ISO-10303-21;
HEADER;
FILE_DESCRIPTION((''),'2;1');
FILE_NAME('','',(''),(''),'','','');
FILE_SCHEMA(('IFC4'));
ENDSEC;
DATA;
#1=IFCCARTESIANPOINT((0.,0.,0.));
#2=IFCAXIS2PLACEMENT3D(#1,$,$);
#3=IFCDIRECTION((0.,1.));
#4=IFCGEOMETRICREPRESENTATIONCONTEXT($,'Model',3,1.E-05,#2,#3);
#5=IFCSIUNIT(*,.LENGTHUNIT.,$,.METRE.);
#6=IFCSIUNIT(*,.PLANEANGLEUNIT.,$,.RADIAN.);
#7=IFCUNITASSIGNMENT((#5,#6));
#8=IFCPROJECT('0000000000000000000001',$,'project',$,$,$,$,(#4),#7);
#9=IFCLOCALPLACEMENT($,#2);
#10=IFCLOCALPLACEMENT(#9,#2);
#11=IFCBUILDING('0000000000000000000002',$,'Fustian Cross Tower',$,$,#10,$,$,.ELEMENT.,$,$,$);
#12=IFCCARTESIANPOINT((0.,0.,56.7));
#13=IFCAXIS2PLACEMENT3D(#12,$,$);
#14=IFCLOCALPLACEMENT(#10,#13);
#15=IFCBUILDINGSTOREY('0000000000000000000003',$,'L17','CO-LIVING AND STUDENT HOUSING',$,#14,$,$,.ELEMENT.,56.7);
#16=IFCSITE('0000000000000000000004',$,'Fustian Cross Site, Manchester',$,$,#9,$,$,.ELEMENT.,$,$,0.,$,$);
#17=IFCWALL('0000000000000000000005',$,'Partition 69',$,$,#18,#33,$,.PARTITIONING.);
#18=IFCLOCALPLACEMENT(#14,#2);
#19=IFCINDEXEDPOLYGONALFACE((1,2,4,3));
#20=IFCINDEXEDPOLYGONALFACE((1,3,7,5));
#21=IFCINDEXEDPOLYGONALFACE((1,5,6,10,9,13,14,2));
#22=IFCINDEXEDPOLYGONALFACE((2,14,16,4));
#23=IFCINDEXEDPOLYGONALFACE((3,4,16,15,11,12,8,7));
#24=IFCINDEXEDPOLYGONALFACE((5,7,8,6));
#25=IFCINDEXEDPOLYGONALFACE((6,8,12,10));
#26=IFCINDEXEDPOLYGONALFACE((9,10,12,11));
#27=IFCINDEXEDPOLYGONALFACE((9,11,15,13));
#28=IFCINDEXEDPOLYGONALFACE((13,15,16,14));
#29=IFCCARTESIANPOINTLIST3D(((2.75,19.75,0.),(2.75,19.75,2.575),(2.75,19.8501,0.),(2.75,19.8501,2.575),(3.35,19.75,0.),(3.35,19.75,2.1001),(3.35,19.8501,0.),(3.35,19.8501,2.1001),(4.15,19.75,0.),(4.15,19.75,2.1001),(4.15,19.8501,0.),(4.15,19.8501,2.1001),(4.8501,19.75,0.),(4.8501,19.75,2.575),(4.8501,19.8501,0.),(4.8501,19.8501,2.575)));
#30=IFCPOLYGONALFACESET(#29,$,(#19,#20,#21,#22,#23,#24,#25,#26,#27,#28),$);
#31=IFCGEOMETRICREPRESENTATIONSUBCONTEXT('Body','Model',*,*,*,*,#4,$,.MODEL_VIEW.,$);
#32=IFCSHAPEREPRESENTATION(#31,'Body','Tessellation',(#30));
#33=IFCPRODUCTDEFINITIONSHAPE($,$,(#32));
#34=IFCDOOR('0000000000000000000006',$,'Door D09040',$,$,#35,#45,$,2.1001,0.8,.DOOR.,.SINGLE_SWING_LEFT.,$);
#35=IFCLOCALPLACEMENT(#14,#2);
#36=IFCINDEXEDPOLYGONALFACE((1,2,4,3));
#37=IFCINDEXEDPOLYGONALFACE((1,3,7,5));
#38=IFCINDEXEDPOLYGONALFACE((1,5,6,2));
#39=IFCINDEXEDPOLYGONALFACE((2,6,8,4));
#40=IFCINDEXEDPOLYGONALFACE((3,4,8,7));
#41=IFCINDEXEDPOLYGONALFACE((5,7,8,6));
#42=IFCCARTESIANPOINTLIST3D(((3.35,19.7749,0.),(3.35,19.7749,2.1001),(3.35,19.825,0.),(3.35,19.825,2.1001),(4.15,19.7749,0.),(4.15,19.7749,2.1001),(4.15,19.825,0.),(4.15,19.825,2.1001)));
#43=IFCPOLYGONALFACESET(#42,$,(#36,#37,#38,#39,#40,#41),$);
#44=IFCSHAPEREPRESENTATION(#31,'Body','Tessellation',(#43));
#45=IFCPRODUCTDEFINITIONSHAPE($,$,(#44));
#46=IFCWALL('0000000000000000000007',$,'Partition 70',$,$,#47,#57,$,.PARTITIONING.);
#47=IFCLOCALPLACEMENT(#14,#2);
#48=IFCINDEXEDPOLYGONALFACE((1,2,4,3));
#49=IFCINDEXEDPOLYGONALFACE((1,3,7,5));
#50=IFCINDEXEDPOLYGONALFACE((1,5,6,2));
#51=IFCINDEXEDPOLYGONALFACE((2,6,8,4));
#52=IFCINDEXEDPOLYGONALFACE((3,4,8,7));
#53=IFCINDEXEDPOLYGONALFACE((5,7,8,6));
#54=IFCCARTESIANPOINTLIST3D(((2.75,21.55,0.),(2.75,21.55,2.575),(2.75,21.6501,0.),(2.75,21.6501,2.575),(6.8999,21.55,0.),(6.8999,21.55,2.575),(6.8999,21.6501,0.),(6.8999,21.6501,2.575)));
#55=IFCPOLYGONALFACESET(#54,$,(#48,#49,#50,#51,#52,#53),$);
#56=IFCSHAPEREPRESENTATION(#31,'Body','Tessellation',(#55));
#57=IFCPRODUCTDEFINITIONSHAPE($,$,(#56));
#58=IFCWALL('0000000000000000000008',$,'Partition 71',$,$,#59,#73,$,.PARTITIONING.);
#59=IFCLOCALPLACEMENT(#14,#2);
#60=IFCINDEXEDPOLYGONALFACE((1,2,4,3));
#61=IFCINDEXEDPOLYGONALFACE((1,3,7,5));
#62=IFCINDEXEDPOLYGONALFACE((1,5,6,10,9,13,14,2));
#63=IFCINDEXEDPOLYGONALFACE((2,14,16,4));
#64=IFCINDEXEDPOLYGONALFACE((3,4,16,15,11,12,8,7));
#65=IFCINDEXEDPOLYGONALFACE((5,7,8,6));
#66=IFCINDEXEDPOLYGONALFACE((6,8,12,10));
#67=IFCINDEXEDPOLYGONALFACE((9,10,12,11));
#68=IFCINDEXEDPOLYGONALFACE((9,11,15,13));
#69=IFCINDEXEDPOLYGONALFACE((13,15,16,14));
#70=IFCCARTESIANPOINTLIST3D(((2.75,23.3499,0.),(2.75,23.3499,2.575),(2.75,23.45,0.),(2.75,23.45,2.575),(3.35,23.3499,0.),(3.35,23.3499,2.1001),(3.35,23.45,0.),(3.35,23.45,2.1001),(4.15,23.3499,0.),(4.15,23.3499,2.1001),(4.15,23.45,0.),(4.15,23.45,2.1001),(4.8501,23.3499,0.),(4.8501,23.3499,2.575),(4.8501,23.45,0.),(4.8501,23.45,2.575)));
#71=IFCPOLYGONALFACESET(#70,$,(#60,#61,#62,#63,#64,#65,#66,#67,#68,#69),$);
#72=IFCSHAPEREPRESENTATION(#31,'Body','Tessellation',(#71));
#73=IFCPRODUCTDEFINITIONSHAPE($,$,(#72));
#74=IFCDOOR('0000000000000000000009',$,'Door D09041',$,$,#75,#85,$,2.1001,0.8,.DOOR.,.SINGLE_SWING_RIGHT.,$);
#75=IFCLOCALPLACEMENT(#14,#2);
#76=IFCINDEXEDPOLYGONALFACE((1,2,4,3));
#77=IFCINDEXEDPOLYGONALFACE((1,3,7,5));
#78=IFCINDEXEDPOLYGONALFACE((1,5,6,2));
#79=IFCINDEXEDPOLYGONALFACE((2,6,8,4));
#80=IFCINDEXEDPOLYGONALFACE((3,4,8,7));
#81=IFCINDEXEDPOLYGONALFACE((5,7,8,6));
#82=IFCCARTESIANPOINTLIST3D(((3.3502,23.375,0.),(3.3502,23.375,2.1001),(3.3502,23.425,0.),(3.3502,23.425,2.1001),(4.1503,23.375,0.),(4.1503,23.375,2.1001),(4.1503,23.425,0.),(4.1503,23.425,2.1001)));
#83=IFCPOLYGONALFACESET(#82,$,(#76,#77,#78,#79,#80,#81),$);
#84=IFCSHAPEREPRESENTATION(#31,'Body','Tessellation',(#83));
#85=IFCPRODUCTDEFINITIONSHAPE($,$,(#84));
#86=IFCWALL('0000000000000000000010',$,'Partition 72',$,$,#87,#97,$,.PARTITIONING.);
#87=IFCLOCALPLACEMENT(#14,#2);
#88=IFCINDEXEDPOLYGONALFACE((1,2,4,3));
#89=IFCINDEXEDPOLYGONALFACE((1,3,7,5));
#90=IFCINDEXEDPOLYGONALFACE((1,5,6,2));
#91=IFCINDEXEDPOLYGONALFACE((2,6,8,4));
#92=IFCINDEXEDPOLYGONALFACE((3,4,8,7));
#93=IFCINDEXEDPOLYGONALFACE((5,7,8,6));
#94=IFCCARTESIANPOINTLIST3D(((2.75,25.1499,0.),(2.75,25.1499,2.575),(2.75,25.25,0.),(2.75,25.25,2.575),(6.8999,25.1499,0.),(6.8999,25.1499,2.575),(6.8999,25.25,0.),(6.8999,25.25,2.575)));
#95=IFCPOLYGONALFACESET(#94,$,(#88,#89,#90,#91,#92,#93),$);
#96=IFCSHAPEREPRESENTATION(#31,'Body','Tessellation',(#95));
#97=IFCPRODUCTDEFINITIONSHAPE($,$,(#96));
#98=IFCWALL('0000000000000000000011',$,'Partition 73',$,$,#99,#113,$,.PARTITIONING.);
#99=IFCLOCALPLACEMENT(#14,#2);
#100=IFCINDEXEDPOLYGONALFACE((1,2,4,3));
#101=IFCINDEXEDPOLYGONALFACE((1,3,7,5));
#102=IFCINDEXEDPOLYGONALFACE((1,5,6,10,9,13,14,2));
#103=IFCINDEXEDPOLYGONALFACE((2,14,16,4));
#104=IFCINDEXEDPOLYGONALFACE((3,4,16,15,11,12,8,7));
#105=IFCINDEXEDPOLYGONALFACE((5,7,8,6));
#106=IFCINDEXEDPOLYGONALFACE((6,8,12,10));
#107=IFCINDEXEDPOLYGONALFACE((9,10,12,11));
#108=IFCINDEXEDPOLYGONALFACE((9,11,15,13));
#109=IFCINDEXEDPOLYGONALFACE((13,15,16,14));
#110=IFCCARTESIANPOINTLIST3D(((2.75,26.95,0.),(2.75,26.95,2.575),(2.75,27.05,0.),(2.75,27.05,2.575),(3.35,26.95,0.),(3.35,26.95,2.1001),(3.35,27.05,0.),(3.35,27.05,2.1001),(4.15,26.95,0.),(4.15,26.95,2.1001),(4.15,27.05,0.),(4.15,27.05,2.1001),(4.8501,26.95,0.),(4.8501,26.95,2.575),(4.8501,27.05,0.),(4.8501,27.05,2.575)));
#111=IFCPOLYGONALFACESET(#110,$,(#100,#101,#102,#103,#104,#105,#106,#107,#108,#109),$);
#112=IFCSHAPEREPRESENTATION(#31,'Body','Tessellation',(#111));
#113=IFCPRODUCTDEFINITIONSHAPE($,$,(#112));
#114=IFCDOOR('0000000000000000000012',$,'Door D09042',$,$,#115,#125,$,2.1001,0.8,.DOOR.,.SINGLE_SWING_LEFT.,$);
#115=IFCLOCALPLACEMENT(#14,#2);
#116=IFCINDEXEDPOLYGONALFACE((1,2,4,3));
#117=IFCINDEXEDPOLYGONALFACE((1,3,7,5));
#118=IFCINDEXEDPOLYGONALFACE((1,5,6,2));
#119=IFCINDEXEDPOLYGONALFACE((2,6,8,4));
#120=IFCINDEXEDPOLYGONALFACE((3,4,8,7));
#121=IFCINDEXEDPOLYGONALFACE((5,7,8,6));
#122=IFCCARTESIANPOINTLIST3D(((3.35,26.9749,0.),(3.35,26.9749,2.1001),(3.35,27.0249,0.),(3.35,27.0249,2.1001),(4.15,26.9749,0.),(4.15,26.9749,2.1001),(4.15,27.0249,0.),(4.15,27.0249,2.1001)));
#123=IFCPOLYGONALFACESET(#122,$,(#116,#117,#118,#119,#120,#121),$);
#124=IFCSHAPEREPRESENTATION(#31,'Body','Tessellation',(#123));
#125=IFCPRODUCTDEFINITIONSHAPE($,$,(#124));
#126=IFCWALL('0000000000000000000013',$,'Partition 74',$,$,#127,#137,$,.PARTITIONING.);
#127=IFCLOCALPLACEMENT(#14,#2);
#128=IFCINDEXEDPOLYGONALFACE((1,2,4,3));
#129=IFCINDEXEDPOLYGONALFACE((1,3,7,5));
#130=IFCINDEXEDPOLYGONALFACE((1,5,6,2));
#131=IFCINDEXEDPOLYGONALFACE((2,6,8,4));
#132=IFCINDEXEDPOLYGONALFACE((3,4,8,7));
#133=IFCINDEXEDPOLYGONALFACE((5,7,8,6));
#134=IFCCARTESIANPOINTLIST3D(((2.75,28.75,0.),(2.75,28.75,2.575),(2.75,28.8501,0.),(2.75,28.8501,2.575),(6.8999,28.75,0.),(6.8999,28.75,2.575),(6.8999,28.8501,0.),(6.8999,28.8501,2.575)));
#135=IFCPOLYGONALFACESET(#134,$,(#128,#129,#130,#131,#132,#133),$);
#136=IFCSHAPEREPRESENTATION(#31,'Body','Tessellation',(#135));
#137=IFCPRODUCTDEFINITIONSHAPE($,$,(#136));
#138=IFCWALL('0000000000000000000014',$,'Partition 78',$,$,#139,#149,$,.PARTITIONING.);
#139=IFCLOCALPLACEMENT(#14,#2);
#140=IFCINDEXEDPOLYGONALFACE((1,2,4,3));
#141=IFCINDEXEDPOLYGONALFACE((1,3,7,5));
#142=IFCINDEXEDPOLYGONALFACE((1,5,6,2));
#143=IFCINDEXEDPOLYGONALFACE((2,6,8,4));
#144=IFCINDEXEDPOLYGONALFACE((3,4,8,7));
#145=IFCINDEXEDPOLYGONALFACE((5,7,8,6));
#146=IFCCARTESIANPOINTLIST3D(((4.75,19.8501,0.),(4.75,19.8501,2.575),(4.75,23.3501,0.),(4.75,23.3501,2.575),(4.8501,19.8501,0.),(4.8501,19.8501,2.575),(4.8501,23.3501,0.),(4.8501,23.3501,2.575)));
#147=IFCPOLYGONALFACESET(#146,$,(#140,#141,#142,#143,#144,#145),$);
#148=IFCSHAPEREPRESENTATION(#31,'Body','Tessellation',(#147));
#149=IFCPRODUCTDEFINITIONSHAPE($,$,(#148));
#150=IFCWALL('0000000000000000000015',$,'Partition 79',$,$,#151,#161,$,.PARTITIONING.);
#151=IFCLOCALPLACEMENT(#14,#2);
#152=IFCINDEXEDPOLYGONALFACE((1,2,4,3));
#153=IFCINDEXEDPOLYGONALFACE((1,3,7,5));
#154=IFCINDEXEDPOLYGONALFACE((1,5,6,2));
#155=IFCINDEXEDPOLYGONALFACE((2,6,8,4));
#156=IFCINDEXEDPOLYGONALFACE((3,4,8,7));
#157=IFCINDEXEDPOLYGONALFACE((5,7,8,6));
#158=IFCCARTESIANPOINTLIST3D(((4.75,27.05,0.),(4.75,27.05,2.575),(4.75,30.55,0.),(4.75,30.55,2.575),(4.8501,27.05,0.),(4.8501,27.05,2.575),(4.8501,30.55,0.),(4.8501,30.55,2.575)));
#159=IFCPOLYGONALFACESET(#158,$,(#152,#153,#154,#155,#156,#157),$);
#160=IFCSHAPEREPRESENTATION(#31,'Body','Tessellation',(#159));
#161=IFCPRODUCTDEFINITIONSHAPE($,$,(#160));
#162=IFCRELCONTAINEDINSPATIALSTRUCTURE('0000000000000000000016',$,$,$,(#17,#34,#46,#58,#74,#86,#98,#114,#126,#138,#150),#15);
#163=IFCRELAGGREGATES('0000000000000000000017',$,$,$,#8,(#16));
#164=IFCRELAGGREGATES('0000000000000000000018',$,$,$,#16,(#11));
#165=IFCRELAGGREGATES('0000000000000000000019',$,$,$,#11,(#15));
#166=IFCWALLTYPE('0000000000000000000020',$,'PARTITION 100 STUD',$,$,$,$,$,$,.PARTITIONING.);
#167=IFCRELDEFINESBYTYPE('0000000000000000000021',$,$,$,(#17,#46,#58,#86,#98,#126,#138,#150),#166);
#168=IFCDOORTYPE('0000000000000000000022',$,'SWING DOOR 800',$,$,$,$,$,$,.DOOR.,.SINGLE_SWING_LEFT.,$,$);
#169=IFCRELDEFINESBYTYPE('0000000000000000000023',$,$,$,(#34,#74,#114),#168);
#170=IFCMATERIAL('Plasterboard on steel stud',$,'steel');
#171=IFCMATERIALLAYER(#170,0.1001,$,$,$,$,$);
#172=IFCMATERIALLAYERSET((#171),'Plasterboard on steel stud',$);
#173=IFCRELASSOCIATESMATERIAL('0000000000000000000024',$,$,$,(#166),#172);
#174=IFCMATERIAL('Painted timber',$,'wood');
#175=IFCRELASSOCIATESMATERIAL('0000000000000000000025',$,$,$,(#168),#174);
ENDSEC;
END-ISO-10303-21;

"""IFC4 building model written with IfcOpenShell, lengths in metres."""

from ifc_helpers import new_model, si_unit, direction, frame, frame_2d, origin, place, context, subcontext, project, spatial, rectangle, extrude, material, layer, layer_set, type_object, element, fill, save


model = new_model("IFC4")

# Units and contexts
model_context = context("Model", 3, precision=1e-05, world=origin(), true_north=direction((0.0, 1.0)))
body_context = subcontext(model_context, "Body", "Model", "MODEL_VIEW")
ifc_project = project(units=[si_unit("LENGTHUNIT", "METRE"), si_unit("PLANEANGLEUNIT", "RADIAN")], contexts=[model_context])

# Site, building, storey
site_placement = place(None, origin())
site = spatial("IfcSite", under=ifc_project, at=site_placement, Name="Fustian Cross Site, Manchester", CompositionType="ELEMENT", RefElevation=0.0)
building_placement = place(site_placement, origin())
building = spatial("IfcBuilding", under=site, at=building_placement, Name="Fustian Cross Tower", CompositionType="ELEMENT")
storey_placement = place(building_placement, frame((0.0, 0.0, 56.7)))
storey = spatial("IfcBuildingStorey", under=building, at=storey_placement, Name="L17", Description="CO-LIVING AND STUDENT HOUSING", CompositionType="ELEMENT", Elevation=56.7)

# Shared definitions
ifc_material_1 = material(Name="Plasterboard on steel stud", Category="steel")
ifc_layer_1 = layer(ifc_material_1, 0.1001)
ifc_layer_set_1 = layer_set([ifc_layer_1], Name="Plasterboard on steel stud")
wall_type_1 = type_object("IfcWallType", Name="PARTITION 100 STUD", PredefinedType="PARTITIONING", material=ifc_layer_set_1)

# Wall, opening, door
wall_1_placement = place(storey_placement, frame((2.75, 19.8, 0.0), z_axis=(0.0, 0.0, 1.0), x_axis=(1.0, 0.0, 0.0)))
wall_1 = element("IfcWall", 1, at=wall_1_placement, inside=storey, type_object=wall_type_1, Name="Partition 69", PredefinedType="PARTITIONING", context=body_context, shape_type="SweptSolid", body=[
    extrude(rectangle(XDim=2.1001, YDim=0.1001, at=frame_2d((1.05, 0.0))), origin(), (0.0, 0.0, 1.0), 2.575),
])
opening_1_placement = place(wall_1_placement, frame((0.6001, 0.0, 0.0)))
opening_1 = element("IfcOpeningElement", 2, at=opening_1_placement, cuts=wall_1, PredefinedType="OPENING", context=body_context, shape_type="SweptSolid", body=[
    extrude(rectangle(XDim=0.8, YDim=2.1001, at=frame_2d((0.3999, 1.05))), frame((0.0, 0.0601, 0.0), z_axis=(0.0, -1.0, 0.0), x_axis=(1.0, 0.0, 0.0)), (0.0, 0.0, 1.0), 0.1201),
])
ifc_material_2 = material(Name="Painted timber", Category="wood")
door_type_1 = type_object("IfcDoorType", Name="SWING DOOR 800", OperationType="SINGLE_SWING_LEFT", PredefinedType="DOOR", material=ifc_material_2)
door_1_placement = place(opening_1_placement, origin())
door_1 = element("IfcDoor", 3, at=door_1_placement, inside=storey, type_object=door_type_1, Name="Door D09040", OperationType="SINGLE_SWING_LEFT", OverallHeight=2.1001, OverallWidth=0.8, PredefinedType="DOOR", context=body_context, shape_type="SweptSolid", body=[
    extrude(rectangle(XDim=0.8, YDim=2.1001, at=frame_2d((0.3999, 1.05))), frame((0.0, 0.0249, 0.0), z_axis=(0.0, -1.0, 0.0), x_axis=(1.0, 0.0, 0.0)), (0.0, 0.0, 1.0), 0.05),
])
fill(opening_1, door_1)

# Wall
wall_2_placement = place(storey_placement, frame((2.75, 21.6001, 0.0), z_axis=(0.0, 0.0, 1.0), x_axis=(1.0, 0.0, 0.0)))
element("IfcWall", 4, at=wall_2_placement, inside=storey, type_object=wall_type_1, Name="Partition 70", PredefinedType="PARTITIONING", context=body_context, shape_type="SweptSolid", body=[
    extrude(rectangle(XDim=4.1499, YDim=0.1001, at=frame_2d((2.075, 0.0))), origin(), (0.0, 0.0, 1.0), 2.575),
])

# Wall, opening, door
wall_3_placement = place(storey_placement, frame((2.75, 23.3999, 0.0), z_axis=(0.0, 0.0, 1.0), x_axis=(1.0, 0.0, 0.0)))
wall_3 = element("IfcWall", 5, at=wall_3_placement, inside=storey, type_object=wall_type_1, Name="Partition 71", PredefinedType="PARTITIONING", context=body_context, shape_type="SweptSolid", body=[
    extrude(rectangle(XDim=2.1001, YDim=0.1001, at=frame_2d((1.05, 0.0))), origin(), (0.0, 0.0, 1.0), 2.575),
])
opening_2_placement = place(wall_3_placement, frame((0.6001, 0.0, 0.0)))
opening_2 = element("IfcOpeningElement", 6, at=opening_2_placement, cuts=wall_3, PredefinedType="OPENING", context=body_context, shape_type="SweptSolid", body=[
    extrude(rectangle(XDim=0.8, YDim=2.1001, at=frame_2d((0.3999, 1.05))), frame((0.0, 0.0601, 0.0), z_axis=(0.0, -1.0, 0.0), x_axis=(1.0, 0.0, 0.0)), (0.0, 0.0, 1.0), 0.1201),
])
door_2_placement = place(opening_2_placement, frame((0.8, 0.0, 0.0), z_axis=(0.0, 0.0, 1.0), x_axis=(-1.0, 0.0, 0.0)))
door_2 = element("IfcDoor", 7, at=door_2_placement, inside=storey, type_object=door_type_1, Name="Door D09041", OperationType="SINGLE_SWING_RIGHT", OverallHeight=2.1001, OverallWidth=0.8, PredefinedType="DOOR", context=body_context, shape_type="SweptSolid", body=[
    extrude(rectangle(XDim=0.8, YDim=2.1001, at=frame_2d((0.3999, 1.05))), frame((0.0, 0.0249, 0.0), z_axis=(0.0, -1.0, 0.0), x_axis=(1.0, 0.0, 0.0)), (0.0, 0.0, 1.0), 0.05),
])
fill(opening_2, door_2)

# Wall
wall_4_placement = place(storey_placement, frame((2.75, 25.2, 0.0), z_axis=(0.0, 0.0, 1.0), x_axis=(1.0, 0.0, 0.0)))
element("IfcWall", 8, at=wall_4_placement, inside=storey, type_object=wall_type_1, Name="Partition 72", PredefinedType="PARTITIONING", context=body_context, shape_type="SweptSolid", body=[
    extrude(rectangle(XDim=4.1499, YDim=0.1001, at=frame_2d((2.075, 0.0))), origin(), (0.0, 0.0, 1.0), 2.575),
])

# Wall, opening, door
wall_5_placement = place(storey_placement, frame((2.75, 27.0, 0.0), z_axis=(0.0, 0.0, 1.0), x_axis=(1.0, 0.0, 0.0)))
wall_5 = element("IfcWall", 9, at=wall_5_placement, inside=storey, type_object=wall_type_1, Name="Partition 73", PredefinedType="PARTITIONING", context=body_context, shape_type="SweptSolid", body=[
    extrude(rectangle(XDim=2.1001, YDim=0.1001, at=frame_2d((1.05, 0.0))), origin(), (0.0, 0.0, 1.0), 2.575),
])
opening_3_placement = place(wall_5_placement, frame((0.6001, 0.0, 0.0)))
opening_3 = element("IfcOpeningElement", 10, at=opening_3_placement, cuts=wall_5, PredefinedType="OPENING", context=body_context, shape_type="SweptSolid", body=[
    extrude(rectangle(XDim=0.8, YDim=2.1001, at=frame_2d((0.3999, 1.05))), frame((0.0, 0.0601, 0.0), z_axis=(0.0, -1.0, 0.0), x_axis=(1.0, 0.0, 0.0)), (0.0, 0.0, 1.0), 0.1201),
])
door_3_placement = place(opening_3_placement, origin())
door_3 = element("IfcDoor", 11, at=door_3_placement, inside=storey, type_object=door_type_1, Name="Door D09042", OperationType="SINGLE_SWING_LEFT", OverallHeight=2.1001, OverallWidth=0.8, PredefinedType="DOOR", context=body_context, shape_type="SweptSolid", body=[
    extrude(rectangle(XDim=0.8, YDim=2.1001, at=frame_2d((0.3999, 1.05))), frame((0.0, 0.0249, 0.0), z_axis=(0.0, -1.0, 0.0), x_axis=(1.0, 0.0, 0.0)), (0.0, 0.0, 1.0), 0.05),
])
fill(opening_3, door_3)

# Walls
wall_6_placement = place(storey_placement, frame((2.75, 28.8, 0.0), z_axis=(0.0, 0.0, 1.0), x_axis=(1.0, 0.0, 0.0)))
element("IfcWall", 12, at=wall_6_placement, inside=storey, type_object=wall_type_1, Name="Partition 74", PredefinedType="PARTITIONING", context=body_context, shape_type="SweptSolid", body=[
    extrude(rectangle(XDim=4.1499, YDim=0.1001, at=frame_2d((2.075, 0.0))), origin(), (0.0, 0.0, 1.0), 2.575),
])
for number, where, z_axis, x_axis, name in (
    (13, (4.8, 19.8501, 0.0), (0.0, 0.0, 1.0), (0.0, 1.0, 0.0), "Partition 78"),
    (14, (4.8, 27.05, 0.0), (0.0, 0.0, 1.0), (0.0, 1.0, 0.0), "Partition 79"),
):
    element("IfcWall", number, at=place(storey_placement, frame(where, z_axis=z_axis, x_axis=x_axis)), inside=storey, type_object=wall_type_1, Name=name, PredefinedType="PARTITIONING", context=body_context, shape_type="SweptSolid", body=[
        extrude(rectangle(XDim=3.5, YDim=0.1001, at=frame_2d((1.75, 0.0))), origin(), (0.0, 0.0, 1.0), 2.575),
    ])

save(model, "model.ifc")
